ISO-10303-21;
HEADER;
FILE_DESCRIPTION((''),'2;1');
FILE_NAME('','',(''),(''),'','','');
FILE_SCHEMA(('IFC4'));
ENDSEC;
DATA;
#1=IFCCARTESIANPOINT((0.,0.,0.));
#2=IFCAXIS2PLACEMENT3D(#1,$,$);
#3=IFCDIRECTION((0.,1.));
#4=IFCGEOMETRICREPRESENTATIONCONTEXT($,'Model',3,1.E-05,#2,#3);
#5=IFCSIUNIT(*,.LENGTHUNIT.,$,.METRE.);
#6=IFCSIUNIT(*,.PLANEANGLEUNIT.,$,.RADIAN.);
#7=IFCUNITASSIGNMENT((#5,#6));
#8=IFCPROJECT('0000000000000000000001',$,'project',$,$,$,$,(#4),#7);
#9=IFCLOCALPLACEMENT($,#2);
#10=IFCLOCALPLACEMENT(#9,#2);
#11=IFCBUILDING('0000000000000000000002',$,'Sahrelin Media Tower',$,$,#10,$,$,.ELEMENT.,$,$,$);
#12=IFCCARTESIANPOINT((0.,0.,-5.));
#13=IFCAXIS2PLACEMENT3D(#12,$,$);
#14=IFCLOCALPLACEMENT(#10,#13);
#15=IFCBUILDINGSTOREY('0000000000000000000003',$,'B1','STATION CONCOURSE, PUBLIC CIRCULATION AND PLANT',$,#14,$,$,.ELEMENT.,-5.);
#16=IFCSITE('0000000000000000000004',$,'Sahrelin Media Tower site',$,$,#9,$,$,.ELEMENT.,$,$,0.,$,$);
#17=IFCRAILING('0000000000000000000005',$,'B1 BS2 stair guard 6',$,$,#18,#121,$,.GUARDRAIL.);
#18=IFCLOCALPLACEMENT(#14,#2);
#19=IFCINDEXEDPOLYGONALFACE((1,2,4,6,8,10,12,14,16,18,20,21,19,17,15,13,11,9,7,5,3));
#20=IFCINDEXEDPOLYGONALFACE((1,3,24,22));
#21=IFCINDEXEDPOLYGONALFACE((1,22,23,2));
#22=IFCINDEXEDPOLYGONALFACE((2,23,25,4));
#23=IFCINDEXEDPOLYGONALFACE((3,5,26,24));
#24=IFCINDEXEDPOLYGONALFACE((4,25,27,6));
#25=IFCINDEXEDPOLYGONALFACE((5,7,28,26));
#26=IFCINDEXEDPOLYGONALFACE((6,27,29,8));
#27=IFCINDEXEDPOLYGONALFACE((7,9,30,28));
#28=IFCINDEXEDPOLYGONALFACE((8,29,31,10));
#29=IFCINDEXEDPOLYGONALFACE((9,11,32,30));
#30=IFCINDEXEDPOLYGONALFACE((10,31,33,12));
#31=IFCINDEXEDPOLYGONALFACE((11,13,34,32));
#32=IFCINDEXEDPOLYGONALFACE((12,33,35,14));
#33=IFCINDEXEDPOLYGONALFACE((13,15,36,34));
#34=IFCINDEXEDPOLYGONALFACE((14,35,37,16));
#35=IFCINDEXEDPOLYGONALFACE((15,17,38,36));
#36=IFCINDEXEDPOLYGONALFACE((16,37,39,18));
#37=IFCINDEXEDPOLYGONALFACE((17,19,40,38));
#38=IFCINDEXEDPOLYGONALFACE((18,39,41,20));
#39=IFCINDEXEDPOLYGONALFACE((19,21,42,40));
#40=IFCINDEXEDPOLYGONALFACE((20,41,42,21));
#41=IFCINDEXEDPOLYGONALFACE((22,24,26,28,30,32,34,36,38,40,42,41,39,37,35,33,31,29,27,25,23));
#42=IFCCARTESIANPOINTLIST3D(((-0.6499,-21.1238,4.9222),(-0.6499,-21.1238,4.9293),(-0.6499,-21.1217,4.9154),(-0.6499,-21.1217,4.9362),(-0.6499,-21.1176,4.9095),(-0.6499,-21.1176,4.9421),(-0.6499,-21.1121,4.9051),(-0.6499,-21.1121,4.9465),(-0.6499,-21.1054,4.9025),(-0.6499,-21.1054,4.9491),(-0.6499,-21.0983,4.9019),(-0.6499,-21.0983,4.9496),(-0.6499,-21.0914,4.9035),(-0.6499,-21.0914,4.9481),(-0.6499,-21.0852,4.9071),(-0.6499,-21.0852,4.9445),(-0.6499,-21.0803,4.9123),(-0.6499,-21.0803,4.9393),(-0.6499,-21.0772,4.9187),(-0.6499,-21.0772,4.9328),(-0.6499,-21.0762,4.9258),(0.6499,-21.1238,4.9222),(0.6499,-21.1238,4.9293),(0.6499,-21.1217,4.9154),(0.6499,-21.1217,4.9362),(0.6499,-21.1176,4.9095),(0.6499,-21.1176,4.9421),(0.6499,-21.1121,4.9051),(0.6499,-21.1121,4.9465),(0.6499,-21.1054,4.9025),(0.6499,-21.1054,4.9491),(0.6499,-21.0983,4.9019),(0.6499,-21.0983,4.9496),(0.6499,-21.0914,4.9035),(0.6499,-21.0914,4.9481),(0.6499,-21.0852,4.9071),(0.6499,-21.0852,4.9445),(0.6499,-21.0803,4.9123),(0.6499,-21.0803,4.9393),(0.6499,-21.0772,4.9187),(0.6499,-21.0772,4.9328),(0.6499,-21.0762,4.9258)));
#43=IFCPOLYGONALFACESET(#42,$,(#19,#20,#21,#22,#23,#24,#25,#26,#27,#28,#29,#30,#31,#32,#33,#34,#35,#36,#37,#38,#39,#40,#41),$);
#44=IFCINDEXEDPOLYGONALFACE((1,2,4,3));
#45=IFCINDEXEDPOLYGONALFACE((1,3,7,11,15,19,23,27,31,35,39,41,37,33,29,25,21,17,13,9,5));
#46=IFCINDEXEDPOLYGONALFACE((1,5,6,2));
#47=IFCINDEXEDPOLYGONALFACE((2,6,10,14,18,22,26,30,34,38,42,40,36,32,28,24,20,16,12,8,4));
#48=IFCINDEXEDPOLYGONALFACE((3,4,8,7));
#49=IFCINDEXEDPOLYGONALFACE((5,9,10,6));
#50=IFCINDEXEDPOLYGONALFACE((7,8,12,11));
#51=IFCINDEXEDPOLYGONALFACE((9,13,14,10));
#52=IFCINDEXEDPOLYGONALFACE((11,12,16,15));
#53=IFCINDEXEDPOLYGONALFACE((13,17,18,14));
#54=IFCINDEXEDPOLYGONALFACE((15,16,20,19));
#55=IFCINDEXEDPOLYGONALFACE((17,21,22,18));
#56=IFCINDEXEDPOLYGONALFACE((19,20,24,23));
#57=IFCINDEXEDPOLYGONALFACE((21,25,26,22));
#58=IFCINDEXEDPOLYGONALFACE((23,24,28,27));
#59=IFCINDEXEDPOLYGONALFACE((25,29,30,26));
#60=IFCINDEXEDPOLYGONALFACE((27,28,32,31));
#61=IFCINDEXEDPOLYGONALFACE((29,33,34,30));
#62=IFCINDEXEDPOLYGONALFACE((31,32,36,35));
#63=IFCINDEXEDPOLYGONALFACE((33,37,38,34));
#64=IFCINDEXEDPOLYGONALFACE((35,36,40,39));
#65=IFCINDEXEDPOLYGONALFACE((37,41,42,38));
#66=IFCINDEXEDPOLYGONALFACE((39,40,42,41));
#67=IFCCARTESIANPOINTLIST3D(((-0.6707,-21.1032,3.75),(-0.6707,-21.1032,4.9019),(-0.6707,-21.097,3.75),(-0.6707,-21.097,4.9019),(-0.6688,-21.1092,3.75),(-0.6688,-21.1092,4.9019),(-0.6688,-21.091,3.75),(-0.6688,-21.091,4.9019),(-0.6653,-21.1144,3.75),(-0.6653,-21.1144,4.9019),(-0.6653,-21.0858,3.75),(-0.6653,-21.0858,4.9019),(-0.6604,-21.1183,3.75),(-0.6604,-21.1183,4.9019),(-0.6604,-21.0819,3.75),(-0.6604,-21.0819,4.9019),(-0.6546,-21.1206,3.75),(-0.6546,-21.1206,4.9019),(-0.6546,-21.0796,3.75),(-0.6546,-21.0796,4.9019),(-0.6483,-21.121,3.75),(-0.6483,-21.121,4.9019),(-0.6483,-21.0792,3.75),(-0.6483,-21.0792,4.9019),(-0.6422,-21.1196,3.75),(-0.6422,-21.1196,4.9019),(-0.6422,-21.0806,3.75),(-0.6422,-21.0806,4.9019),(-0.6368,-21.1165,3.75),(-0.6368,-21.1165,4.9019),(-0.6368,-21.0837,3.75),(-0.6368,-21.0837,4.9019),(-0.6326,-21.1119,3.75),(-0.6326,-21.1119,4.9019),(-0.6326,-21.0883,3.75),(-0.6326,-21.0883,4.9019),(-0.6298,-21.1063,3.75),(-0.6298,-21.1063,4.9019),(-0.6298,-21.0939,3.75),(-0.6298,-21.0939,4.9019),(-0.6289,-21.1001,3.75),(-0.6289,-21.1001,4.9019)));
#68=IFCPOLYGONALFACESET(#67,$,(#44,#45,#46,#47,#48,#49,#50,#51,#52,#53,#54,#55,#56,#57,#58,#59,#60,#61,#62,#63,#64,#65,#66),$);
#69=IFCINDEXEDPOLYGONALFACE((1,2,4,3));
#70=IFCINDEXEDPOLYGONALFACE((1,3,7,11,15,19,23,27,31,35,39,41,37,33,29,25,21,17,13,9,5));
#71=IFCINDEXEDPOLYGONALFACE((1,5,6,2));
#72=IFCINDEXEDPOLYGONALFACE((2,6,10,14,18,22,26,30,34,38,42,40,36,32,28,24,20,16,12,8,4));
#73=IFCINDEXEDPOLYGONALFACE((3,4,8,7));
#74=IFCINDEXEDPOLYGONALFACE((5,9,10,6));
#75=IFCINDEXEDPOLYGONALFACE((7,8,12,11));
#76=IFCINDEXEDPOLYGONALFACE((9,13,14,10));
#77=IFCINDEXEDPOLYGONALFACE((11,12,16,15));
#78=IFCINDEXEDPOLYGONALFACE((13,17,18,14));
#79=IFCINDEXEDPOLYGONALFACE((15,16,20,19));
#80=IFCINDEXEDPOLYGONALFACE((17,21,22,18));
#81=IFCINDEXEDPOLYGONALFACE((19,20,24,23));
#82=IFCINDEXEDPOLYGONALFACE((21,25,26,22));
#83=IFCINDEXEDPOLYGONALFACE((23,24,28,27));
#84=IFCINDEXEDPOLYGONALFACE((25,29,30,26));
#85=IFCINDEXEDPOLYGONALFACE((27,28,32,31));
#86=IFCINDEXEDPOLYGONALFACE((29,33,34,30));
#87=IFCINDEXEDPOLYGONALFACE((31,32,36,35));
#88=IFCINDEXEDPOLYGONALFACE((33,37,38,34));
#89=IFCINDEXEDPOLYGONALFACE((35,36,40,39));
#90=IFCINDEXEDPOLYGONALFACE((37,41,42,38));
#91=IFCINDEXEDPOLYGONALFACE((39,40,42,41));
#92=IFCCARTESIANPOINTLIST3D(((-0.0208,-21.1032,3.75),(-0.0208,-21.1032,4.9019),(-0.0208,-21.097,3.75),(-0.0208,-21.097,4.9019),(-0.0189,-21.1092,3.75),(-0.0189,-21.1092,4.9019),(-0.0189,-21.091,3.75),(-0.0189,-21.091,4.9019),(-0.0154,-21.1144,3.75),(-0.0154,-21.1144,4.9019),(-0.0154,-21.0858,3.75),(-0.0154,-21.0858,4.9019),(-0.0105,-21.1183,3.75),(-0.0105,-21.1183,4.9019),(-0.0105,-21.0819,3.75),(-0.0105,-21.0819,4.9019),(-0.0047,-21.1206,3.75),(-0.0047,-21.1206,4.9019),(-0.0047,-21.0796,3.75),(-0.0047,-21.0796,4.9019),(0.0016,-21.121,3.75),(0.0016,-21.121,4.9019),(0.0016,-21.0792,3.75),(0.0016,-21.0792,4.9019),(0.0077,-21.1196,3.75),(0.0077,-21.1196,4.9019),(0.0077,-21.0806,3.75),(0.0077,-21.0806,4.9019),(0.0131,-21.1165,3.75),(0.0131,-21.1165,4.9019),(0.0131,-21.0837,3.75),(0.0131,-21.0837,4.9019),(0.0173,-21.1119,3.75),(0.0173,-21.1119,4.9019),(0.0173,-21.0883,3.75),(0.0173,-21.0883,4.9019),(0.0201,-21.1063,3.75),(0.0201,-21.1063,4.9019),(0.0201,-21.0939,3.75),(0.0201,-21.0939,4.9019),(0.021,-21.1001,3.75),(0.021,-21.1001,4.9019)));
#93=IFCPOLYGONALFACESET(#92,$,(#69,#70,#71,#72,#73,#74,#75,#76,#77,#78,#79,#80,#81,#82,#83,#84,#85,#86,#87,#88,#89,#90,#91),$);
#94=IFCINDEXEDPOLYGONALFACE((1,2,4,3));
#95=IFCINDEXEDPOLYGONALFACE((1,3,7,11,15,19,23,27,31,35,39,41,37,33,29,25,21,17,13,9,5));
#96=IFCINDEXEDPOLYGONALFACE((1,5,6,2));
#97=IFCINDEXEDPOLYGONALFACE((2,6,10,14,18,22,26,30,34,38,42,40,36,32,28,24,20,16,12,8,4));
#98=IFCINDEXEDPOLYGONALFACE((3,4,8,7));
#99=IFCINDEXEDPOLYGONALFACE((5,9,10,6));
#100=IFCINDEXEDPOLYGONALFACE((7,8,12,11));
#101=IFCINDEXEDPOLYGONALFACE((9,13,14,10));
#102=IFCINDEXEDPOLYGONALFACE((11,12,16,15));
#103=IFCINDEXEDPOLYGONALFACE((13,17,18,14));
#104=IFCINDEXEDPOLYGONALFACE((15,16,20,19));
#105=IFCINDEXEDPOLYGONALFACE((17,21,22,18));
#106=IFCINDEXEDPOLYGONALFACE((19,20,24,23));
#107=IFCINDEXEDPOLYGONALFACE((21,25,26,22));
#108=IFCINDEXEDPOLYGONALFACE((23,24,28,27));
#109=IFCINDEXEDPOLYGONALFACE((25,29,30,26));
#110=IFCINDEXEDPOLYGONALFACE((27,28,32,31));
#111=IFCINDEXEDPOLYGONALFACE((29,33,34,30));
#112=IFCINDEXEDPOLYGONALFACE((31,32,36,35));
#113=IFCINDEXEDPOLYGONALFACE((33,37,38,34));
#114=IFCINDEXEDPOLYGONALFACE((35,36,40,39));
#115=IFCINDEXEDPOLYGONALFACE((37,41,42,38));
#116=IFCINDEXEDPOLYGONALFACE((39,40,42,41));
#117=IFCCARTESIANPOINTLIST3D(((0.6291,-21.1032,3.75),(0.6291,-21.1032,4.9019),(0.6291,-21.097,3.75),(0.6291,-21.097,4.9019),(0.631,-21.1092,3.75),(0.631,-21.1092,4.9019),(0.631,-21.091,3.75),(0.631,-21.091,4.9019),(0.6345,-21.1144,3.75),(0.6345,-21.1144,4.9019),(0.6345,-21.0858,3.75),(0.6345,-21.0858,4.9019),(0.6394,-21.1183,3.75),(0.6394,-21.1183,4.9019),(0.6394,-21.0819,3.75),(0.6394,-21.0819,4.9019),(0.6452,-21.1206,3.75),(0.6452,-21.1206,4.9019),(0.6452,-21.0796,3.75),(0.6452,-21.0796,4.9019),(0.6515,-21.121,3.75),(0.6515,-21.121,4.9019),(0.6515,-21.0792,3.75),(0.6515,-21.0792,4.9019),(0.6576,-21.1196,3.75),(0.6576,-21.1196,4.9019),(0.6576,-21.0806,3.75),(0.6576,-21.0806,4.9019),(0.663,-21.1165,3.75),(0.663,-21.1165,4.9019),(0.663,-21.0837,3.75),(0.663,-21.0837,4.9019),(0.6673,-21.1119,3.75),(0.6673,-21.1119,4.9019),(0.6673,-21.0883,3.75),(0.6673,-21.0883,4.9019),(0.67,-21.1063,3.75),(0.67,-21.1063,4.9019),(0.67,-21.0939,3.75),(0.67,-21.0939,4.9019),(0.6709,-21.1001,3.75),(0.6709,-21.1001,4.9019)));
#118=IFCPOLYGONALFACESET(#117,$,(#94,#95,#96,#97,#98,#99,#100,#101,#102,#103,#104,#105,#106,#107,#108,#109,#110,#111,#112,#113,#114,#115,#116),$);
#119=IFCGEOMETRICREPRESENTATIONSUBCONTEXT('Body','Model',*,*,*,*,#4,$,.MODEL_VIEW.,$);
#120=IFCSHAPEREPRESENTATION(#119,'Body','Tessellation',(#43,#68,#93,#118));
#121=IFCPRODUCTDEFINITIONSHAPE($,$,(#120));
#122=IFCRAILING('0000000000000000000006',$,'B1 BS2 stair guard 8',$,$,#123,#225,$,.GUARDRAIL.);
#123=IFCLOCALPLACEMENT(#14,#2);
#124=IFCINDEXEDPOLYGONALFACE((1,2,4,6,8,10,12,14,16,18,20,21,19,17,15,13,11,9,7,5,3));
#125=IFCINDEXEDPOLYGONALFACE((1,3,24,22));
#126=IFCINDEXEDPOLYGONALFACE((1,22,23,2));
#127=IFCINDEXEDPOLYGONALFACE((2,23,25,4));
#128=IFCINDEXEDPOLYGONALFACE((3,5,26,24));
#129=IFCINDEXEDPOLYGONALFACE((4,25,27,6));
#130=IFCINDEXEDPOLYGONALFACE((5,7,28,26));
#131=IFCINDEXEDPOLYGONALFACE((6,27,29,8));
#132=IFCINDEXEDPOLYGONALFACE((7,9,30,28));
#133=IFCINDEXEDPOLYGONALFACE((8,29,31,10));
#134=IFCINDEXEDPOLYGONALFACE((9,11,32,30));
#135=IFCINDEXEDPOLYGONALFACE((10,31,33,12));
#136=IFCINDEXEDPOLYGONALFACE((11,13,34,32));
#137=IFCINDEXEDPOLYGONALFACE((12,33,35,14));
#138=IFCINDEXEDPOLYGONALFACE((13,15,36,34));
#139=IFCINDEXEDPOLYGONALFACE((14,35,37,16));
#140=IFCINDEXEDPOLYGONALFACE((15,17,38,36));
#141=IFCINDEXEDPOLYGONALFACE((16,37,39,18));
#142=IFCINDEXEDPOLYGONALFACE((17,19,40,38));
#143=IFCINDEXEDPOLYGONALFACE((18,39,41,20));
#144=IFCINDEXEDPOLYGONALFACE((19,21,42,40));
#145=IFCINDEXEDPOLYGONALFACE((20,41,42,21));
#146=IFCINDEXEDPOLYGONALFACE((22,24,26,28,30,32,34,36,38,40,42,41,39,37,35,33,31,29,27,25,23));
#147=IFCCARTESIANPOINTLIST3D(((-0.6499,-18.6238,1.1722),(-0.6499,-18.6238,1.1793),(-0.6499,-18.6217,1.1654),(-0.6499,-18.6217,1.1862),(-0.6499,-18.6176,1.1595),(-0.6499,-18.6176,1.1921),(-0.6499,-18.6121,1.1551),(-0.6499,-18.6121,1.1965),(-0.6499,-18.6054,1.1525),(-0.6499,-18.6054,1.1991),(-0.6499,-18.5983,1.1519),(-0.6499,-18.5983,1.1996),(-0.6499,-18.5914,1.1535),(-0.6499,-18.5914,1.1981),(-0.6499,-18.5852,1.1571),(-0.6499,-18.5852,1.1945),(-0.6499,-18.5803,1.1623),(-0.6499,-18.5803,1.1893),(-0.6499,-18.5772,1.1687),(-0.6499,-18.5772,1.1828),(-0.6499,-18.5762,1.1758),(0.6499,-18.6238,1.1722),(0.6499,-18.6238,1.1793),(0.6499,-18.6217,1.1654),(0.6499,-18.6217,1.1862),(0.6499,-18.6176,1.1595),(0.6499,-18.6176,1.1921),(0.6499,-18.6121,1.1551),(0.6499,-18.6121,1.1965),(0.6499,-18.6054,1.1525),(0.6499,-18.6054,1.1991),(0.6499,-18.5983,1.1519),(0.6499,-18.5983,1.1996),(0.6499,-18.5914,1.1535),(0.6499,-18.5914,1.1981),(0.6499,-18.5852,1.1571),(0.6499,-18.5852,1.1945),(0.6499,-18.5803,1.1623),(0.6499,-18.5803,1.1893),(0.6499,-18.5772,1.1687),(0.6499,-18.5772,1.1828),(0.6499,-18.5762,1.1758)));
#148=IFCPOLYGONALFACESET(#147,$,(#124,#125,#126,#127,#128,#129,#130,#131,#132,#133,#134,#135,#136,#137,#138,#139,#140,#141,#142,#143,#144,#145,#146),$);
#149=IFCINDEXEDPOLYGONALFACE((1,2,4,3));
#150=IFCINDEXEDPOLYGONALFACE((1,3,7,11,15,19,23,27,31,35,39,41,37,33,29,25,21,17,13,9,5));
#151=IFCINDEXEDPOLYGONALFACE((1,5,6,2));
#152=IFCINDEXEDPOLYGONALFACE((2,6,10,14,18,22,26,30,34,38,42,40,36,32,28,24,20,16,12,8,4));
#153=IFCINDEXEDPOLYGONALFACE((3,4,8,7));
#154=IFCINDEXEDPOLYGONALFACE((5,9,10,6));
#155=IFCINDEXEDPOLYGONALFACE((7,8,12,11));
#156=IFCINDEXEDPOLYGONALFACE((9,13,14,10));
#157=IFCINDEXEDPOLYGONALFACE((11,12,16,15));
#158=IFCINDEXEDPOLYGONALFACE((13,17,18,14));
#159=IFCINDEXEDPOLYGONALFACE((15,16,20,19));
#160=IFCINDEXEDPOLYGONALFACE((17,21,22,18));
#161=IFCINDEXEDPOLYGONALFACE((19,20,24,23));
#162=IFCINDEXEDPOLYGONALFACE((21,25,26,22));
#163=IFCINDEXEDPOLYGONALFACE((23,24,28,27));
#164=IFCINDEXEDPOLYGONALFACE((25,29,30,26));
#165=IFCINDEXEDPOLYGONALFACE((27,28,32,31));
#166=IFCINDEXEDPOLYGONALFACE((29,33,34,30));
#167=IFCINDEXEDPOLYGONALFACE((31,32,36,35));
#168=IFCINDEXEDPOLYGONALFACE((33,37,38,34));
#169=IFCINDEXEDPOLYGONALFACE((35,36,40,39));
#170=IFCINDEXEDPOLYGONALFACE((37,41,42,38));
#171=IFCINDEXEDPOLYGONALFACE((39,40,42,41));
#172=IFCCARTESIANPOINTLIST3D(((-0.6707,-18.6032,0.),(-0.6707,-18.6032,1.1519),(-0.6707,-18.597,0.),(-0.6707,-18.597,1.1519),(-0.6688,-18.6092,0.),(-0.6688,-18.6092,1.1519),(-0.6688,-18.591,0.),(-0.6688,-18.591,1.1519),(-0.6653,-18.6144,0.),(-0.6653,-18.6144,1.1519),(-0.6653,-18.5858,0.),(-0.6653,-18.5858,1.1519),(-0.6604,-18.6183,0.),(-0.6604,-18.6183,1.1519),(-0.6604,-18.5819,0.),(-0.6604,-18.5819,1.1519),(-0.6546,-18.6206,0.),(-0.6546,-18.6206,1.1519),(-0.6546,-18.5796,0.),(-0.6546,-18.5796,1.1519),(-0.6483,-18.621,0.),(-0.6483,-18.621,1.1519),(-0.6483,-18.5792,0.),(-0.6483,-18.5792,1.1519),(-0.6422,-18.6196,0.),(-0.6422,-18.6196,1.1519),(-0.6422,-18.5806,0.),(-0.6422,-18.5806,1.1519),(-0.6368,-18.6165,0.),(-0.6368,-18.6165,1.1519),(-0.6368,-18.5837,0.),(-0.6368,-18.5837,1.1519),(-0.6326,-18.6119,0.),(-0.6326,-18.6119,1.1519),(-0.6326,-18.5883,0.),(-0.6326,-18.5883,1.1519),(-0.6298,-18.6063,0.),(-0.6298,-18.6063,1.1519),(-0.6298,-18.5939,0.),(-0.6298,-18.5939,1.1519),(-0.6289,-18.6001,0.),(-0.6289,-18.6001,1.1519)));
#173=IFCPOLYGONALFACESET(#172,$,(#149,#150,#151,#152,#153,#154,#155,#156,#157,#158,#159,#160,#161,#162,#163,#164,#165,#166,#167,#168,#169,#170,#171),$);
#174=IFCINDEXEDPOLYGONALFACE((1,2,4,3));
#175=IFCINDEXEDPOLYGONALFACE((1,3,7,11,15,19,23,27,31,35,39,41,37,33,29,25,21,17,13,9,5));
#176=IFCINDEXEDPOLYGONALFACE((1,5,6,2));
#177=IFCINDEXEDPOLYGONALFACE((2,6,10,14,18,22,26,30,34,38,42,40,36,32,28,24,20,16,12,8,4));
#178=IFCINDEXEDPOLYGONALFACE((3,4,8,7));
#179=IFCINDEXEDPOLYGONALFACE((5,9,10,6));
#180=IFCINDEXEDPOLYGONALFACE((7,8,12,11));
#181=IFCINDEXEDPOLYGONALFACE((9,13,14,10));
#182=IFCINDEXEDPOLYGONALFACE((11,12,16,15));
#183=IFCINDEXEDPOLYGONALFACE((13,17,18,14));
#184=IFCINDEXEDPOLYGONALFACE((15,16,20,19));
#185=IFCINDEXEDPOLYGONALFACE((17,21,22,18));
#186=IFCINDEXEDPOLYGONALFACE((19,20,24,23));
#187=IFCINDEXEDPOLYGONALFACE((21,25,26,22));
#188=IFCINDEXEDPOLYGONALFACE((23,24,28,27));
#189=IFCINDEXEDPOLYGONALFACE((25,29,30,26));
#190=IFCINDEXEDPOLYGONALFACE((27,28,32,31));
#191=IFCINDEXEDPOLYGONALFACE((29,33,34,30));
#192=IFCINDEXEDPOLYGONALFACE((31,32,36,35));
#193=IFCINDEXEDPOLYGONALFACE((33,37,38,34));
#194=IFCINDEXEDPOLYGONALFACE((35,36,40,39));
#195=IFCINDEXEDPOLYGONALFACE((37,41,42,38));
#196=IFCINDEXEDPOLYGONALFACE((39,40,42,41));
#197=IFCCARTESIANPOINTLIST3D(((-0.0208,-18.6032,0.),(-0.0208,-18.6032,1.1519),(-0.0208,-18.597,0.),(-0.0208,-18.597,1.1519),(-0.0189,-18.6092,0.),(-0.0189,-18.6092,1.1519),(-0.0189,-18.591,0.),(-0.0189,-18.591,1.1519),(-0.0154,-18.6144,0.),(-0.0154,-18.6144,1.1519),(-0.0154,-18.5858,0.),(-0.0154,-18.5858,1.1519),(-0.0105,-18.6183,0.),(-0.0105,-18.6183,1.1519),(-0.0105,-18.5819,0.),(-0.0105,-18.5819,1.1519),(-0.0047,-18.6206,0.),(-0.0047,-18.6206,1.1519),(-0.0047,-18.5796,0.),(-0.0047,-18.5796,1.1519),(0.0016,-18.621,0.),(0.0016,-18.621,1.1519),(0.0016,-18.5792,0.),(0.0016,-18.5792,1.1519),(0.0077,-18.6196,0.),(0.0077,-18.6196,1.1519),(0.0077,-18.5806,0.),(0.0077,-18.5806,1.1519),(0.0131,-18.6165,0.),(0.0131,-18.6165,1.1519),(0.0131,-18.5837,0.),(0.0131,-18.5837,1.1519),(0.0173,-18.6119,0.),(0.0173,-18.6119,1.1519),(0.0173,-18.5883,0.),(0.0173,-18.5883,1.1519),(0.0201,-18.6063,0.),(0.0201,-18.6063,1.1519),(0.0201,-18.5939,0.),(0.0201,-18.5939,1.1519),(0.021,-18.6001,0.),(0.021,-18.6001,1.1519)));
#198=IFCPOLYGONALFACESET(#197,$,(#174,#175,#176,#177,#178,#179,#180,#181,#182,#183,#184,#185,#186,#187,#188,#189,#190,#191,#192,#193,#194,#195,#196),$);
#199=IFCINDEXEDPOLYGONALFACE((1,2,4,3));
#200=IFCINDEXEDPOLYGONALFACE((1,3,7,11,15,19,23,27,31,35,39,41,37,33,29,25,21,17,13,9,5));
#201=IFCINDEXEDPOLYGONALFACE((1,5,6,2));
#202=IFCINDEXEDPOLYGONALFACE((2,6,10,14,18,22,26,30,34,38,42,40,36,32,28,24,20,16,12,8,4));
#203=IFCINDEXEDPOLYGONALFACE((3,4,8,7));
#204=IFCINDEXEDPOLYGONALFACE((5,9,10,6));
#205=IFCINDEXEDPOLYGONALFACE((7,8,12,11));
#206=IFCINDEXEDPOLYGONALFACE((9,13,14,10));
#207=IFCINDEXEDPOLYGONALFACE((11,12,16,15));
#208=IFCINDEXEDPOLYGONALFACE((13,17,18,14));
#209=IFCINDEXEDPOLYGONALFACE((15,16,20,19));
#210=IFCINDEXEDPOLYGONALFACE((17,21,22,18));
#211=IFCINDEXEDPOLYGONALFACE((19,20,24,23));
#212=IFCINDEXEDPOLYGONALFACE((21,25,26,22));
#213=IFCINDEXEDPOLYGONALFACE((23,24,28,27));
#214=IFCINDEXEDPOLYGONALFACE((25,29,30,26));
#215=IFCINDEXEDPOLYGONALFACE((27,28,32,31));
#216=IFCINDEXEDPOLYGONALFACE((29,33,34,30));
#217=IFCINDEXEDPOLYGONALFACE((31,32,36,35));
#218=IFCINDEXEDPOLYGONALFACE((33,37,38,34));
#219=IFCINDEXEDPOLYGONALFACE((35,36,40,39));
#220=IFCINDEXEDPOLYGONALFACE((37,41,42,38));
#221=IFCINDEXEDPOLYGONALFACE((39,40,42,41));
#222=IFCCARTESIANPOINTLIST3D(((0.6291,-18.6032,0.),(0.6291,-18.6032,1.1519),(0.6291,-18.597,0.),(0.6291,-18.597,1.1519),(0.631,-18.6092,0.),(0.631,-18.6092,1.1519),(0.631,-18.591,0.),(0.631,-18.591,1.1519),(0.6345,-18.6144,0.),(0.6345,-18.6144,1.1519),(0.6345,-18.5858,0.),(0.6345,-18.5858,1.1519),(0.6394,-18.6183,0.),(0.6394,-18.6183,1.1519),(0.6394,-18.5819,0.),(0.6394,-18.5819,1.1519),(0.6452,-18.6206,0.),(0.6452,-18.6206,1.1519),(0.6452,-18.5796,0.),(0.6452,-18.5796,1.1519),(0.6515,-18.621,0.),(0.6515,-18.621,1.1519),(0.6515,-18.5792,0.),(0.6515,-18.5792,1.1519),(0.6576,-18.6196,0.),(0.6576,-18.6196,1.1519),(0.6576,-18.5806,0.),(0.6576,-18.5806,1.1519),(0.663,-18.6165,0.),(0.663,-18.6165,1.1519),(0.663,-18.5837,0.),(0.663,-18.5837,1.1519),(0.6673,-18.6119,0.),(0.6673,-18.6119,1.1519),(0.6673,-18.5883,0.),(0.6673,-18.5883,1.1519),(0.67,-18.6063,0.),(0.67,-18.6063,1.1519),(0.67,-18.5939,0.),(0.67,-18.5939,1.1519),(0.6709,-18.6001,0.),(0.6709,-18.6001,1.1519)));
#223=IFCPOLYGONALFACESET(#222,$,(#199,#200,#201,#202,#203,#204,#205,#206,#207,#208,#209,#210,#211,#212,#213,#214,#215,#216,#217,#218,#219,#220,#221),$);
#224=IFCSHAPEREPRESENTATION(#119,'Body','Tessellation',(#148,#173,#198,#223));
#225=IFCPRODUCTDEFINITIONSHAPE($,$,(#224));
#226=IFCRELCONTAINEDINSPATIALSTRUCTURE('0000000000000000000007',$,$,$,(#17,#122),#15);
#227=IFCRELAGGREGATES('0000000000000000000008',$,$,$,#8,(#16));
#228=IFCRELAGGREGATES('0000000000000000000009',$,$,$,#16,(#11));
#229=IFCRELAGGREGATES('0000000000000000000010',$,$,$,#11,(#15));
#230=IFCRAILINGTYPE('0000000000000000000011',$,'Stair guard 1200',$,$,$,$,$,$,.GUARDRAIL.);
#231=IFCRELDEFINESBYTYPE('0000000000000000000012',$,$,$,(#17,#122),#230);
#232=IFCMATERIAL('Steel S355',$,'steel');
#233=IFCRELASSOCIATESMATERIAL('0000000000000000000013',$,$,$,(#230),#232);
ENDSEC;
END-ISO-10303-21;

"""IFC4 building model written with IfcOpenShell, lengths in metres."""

from ifc_helpers import new_model, si_unit, direction, frame, origin, origin_2d, place, context, subcontext, project, spatial, circle, extrude, material, type_object, element, save


model = new_model("IFC4")

# Units and contexts
model_context = context("Model", 3, precision=1e-05, world=origin(), true_north=direction((0.0, 1.0)))
body_context = subcontext(model_context, "Body", "Model", "MODEL_VIEW")
ifc_project = project(units=[si_unit("LENGTHUNIT", "METRE"), si_unit("PLANEANGLEUNIT", "RADIAN")], contexts=[model_context])

# Site, building, storey
site_placement = place(None, origin())
site = spatial("IfcSite", under=ifc_project, at=site_placement, Name="Sahrelin Media Tower site", CompositionType="ELEMENT", RefElevation=0.0)
building_placement = place(site_placement, origin())
building = spatial("IfcBuilding", under=site, at=building_placement, Name="Sahrelin Media Tower", CompositionType="ELEMENT")
storey_placement = place(building_placement, frame((0.0, 0.0, -5.0)))
storey = spatial("IfcBuildingStorey", under=building, at=storey_placement, Name="B1", Description="STATION CONCOURSE, PUBLIC CIRCULATION AND PLANT", CompositionType="ELEMENT", Elevation=-5.0)

# Railings
ifc_material_1 = material(Name="Steel S355", Category="steel")
railing_type_1 = type_object("IfcRailingType", Name="Stair guard 1200", PredefinedType="GUARDRAIL", material=ifc_material_1)
for number, where, name in (
    (1, (-0.6499, -21.1001, 3.75), "B1 BS2 stair guard 6"),
    (2, (-0.6499, -18.6001, 0.0), "B1 BS2 stair guard 8"),
):
    element("IfcRailing", number, at=place(storey_placement, frame(where)), inside=storey, type_object=railing_type_1, Name=name, PredefinedType="GUARDRAIL", context=body_context, shape_type="SweptSolid", body=[
        extrude(circle(Radius=0.0239, at=origin_2d()), frame((0.0, 0.0, 1.1758), z_axis=(1.0, 0.0, 0.0), x_axis=(0.0, 1.0, 0.0)), (0.0, 0.0, 1.0), 1.2998),
        extrude(circle(Radius=0.021, at=origin_2d()), origin(), (0.0, 0.0, 1.0), 1.1519),
        extrude(circle(Radius=0.021, at=origin_2d()), frame((0.6499, 0.0, 0.0)), (0.0, 0.0, 1.0), 1.1519),
        extrude(circle(Radius=0.021, at=origin_2d()), frame((1.2998, 0.0, 0.0)), (0.0, 0.0, 1.0), 1.1519),
    ])

save(model, "model.ifc")
